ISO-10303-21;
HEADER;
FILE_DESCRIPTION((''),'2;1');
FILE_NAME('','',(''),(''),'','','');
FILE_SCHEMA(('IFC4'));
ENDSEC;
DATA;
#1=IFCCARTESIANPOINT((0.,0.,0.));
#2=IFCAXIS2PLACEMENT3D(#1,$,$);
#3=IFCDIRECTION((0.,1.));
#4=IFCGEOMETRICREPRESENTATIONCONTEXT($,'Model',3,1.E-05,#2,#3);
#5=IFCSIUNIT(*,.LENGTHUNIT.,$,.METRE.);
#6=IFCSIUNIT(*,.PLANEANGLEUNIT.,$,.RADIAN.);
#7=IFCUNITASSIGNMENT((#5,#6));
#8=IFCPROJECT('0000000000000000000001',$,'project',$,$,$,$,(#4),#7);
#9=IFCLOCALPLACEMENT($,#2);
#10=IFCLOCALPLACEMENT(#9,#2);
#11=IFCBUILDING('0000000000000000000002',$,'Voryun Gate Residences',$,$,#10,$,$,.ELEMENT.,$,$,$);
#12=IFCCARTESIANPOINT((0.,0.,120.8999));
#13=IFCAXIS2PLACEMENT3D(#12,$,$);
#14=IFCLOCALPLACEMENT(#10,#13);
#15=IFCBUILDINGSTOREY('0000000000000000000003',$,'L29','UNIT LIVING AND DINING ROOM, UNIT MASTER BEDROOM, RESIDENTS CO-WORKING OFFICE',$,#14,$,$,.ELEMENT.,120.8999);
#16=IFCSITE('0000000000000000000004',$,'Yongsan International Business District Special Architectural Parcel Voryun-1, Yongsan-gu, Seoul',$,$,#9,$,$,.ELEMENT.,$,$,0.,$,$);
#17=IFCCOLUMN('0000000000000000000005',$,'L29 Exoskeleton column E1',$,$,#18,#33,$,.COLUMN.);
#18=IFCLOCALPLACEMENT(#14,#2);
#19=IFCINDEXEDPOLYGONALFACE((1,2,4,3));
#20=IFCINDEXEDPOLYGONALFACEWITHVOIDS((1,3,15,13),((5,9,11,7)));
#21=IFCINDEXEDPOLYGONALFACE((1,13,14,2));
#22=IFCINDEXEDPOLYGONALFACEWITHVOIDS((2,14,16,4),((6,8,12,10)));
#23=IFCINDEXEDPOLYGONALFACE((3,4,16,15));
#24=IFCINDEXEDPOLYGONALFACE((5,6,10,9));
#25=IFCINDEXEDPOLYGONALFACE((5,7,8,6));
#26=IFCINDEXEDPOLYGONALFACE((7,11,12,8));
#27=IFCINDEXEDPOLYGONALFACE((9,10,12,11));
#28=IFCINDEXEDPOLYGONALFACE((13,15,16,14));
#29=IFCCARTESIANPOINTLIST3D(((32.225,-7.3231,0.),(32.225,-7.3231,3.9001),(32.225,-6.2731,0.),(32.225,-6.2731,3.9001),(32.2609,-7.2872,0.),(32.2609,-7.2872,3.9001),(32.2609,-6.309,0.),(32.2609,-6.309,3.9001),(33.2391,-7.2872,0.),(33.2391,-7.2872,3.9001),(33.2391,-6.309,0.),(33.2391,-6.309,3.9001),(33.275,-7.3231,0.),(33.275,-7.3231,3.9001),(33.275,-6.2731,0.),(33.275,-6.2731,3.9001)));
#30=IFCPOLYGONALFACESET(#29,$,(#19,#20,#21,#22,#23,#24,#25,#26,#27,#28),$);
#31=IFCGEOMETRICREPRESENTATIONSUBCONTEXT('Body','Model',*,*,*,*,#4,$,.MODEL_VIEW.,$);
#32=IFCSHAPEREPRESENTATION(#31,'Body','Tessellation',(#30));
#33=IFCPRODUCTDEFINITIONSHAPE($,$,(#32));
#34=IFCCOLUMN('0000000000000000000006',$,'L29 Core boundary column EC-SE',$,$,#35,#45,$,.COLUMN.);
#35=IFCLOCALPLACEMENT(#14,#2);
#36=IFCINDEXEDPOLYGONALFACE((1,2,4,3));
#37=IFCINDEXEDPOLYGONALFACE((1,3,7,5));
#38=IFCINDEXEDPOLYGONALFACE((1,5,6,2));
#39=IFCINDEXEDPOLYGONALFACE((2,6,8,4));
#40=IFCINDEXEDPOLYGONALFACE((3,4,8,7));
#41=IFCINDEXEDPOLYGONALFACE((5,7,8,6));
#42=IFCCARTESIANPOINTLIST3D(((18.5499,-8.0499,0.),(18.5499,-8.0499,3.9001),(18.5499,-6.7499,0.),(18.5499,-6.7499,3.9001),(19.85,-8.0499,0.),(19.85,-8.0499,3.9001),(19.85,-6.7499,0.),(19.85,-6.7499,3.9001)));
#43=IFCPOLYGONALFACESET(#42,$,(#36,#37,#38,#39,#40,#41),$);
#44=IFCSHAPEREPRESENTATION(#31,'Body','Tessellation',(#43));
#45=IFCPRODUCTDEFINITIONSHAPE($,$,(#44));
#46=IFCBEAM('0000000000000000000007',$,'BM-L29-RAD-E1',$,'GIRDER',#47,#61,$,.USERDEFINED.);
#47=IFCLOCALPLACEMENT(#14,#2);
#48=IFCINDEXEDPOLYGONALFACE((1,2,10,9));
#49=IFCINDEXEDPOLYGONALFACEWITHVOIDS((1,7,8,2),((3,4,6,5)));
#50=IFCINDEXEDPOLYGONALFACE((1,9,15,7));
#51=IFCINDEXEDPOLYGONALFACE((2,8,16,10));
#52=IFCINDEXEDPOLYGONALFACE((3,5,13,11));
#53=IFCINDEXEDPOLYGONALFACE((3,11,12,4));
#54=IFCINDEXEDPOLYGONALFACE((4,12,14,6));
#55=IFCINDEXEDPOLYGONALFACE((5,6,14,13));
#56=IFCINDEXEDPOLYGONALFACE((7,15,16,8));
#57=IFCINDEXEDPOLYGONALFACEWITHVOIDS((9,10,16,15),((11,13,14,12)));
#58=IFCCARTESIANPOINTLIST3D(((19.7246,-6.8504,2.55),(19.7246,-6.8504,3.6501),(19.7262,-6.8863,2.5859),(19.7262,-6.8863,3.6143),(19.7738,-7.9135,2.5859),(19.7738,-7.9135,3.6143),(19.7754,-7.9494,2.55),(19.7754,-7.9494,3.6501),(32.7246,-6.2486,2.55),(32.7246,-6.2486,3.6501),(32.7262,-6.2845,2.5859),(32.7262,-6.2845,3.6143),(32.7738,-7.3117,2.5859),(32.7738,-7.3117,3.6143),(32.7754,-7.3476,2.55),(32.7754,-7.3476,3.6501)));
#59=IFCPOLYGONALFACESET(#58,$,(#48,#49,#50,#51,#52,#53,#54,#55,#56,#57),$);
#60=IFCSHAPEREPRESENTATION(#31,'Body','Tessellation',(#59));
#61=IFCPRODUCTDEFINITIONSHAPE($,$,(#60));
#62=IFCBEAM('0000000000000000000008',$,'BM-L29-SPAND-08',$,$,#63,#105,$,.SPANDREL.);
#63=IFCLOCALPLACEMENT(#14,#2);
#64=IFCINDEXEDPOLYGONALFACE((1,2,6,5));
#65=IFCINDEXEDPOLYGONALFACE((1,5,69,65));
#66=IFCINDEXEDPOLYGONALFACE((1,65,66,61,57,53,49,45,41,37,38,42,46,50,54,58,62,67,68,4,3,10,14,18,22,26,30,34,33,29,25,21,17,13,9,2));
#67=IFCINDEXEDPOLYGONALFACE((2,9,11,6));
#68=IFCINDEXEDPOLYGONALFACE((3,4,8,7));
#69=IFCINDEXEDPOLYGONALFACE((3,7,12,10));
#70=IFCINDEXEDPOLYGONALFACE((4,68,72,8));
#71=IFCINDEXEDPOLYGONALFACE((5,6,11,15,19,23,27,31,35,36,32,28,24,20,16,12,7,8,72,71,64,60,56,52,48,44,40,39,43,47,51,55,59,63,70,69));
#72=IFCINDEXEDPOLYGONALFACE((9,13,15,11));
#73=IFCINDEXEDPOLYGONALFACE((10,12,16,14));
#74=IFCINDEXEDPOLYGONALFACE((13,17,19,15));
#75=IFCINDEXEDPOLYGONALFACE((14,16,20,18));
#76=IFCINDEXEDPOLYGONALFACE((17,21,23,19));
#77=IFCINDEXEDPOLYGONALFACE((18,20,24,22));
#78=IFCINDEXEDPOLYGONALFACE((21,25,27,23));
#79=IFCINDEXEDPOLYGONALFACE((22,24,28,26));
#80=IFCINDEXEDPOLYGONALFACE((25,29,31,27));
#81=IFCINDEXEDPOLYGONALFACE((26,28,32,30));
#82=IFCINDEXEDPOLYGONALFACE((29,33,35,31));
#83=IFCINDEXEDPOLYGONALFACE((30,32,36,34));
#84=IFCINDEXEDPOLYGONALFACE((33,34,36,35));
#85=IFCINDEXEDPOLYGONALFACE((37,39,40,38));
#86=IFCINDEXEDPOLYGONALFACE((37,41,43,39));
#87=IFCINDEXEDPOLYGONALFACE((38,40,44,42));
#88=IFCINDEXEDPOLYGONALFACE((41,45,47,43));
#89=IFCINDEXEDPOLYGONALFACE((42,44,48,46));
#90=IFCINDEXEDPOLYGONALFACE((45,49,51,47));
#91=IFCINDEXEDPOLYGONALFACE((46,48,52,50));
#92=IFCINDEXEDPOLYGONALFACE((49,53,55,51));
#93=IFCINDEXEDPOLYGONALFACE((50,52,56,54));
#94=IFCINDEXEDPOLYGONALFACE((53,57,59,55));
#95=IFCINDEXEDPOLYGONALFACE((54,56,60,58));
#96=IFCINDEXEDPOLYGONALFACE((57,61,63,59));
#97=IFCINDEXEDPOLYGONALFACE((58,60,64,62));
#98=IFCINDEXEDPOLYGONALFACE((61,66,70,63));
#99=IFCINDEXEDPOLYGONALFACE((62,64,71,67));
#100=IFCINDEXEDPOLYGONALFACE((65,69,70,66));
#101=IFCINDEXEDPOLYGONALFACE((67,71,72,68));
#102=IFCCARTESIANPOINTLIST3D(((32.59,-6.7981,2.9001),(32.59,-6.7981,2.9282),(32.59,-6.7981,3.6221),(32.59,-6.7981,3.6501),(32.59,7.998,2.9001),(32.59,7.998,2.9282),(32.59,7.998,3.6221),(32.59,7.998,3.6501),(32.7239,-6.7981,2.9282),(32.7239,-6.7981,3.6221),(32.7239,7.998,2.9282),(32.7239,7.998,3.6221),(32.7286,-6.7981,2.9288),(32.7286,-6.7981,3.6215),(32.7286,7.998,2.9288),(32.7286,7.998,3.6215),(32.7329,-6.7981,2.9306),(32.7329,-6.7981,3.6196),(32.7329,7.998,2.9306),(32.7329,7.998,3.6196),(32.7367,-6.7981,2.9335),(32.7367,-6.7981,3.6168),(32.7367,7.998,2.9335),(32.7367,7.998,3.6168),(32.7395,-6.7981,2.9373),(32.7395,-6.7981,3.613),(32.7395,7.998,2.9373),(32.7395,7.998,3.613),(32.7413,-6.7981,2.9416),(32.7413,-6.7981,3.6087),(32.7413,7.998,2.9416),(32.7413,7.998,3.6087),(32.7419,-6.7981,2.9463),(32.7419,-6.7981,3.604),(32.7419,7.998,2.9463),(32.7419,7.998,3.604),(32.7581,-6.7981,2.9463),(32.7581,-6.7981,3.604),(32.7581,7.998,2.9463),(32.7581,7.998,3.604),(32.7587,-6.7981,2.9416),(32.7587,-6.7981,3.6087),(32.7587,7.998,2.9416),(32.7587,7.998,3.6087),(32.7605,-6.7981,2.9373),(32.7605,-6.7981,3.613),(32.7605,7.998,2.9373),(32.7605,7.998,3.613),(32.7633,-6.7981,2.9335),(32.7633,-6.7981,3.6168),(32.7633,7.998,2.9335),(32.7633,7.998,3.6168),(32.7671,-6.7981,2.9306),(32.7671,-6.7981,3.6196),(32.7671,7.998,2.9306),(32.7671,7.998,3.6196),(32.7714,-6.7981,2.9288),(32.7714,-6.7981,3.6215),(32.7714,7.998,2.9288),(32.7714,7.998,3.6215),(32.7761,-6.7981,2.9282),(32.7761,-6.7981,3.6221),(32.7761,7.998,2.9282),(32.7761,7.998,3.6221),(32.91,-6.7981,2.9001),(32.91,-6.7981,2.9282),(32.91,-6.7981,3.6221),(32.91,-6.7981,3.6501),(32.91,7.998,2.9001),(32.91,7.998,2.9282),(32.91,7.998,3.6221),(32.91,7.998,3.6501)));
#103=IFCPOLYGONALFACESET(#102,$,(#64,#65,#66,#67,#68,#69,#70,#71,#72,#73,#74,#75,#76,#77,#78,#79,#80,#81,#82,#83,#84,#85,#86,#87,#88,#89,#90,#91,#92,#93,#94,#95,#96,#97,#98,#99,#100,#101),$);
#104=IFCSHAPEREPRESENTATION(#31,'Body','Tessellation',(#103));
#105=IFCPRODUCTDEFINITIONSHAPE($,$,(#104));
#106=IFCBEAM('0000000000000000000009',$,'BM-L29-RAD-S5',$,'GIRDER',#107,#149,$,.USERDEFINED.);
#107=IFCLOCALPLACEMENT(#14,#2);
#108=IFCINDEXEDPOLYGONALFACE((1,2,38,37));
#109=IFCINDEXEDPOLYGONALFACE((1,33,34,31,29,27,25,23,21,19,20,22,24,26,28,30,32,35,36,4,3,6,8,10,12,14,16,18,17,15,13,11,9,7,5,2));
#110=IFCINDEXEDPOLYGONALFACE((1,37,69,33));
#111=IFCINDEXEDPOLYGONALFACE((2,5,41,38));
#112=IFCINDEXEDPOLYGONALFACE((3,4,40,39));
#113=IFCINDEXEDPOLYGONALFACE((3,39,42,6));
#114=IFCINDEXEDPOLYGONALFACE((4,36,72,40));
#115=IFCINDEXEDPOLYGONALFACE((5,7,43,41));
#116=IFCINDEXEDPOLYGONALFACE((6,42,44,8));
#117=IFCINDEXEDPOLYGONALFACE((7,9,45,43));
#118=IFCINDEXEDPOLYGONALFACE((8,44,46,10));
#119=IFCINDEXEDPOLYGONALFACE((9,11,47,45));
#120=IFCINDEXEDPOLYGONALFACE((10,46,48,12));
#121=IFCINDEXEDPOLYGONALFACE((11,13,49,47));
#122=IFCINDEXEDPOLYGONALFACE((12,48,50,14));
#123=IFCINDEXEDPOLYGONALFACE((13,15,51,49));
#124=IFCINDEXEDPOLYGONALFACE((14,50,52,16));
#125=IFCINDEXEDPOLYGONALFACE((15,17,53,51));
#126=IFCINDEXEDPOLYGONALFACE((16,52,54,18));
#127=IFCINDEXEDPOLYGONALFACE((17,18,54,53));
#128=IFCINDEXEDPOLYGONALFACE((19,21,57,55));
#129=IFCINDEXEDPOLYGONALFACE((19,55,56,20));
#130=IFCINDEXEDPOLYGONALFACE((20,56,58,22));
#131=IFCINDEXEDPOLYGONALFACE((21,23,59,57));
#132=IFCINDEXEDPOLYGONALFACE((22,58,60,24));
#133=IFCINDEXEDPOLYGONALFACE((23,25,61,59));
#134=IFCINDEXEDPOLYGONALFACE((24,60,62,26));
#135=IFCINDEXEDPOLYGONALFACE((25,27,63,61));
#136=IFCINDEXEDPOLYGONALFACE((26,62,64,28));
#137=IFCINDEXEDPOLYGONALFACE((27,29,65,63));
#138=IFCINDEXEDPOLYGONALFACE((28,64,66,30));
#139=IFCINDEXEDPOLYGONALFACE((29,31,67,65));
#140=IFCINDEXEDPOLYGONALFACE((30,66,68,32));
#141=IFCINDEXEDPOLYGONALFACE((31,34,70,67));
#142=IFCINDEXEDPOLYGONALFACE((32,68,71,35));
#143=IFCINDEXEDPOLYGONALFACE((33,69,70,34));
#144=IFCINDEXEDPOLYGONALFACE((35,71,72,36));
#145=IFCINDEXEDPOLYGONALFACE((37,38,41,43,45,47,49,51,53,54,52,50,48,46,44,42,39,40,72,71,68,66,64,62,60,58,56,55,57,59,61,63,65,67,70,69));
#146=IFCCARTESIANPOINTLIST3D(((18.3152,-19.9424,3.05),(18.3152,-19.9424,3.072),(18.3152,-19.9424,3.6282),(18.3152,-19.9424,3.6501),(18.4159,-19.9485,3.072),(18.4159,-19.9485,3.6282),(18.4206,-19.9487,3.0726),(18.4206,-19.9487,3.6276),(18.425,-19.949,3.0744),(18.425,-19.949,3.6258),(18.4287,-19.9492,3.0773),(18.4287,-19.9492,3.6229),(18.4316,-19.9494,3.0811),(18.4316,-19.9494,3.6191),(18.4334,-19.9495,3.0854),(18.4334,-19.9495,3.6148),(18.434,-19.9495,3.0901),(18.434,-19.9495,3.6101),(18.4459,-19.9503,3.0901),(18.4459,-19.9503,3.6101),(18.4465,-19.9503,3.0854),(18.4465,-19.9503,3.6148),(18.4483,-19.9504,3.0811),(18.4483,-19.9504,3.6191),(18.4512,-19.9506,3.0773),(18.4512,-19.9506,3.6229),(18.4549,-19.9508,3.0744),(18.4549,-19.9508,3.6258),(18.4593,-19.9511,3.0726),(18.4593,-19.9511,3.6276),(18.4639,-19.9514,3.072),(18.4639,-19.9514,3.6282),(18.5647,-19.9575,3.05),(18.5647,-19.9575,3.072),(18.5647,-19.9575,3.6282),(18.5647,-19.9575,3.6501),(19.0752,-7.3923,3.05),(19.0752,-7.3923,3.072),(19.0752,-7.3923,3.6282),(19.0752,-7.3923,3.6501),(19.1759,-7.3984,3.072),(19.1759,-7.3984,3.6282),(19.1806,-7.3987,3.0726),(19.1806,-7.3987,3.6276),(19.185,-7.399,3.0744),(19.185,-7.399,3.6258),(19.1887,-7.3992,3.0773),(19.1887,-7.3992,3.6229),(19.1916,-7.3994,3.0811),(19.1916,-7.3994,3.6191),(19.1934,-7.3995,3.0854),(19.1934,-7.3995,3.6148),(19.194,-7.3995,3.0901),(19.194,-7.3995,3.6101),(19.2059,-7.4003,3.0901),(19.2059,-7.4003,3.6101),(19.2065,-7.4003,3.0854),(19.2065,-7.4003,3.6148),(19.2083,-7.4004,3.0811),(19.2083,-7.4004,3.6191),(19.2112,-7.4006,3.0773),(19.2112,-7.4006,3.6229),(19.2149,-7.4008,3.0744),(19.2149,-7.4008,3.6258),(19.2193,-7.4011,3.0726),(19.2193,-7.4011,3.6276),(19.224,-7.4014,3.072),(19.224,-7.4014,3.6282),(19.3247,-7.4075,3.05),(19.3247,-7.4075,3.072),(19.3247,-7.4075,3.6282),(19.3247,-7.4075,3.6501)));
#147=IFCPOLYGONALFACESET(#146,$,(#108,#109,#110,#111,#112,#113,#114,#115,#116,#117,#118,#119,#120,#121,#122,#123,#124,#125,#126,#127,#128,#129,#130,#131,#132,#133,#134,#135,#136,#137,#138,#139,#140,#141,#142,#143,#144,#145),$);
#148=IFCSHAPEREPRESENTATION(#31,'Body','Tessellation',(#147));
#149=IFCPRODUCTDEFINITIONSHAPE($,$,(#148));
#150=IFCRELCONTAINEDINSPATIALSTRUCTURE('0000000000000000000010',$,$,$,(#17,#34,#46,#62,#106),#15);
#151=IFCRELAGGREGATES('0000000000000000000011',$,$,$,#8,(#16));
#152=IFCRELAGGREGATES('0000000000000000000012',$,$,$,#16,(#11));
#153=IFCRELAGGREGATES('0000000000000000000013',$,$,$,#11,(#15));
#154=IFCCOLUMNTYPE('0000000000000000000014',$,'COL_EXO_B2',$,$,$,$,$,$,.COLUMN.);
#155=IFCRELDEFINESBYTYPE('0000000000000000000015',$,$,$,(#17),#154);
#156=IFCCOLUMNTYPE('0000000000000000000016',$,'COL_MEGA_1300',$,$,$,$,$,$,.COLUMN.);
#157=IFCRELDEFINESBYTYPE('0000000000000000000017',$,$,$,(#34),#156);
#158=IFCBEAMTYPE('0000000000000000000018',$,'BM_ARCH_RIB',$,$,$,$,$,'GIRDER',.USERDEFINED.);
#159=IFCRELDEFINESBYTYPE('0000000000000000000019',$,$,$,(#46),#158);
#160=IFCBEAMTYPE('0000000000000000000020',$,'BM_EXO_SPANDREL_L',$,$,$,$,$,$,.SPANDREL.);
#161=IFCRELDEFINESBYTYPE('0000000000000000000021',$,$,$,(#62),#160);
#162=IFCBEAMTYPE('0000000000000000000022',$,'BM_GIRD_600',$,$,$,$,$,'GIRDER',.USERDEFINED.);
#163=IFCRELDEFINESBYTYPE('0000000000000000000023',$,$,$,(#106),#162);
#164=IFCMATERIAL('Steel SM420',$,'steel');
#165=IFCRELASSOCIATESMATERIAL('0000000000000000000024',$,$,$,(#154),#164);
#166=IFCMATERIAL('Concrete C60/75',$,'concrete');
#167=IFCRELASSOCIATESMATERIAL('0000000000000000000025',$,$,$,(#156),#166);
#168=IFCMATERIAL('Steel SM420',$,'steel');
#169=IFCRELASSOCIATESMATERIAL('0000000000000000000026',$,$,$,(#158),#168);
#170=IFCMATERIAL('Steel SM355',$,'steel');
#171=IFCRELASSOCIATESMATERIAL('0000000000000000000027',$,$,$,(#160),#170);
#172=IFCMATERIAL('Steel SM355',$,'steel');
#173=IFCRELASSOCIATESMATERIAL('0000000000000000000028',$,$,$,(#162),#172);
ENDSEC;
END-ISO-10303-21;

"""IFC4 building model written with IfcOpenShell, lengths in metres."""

from ifc_helpers import new_model, si_unit, direction, frame, origin, origin_2d, place, context, subcontext, project, spatial, rectangle, hollow_rectangle, i_section, extrude, material, material_profile, profile_set, type_object, element, save


model = new_model("IFC4")

# Units and contexts
model_context = context("Model", 3, precision=1e-05, world=origin(), true_north=direction((0.0, 1.0)))
body_context = subcontext(model_context, "Body", "Model", "MODEL_VIEW")
ifc_project = project(units=[si_unit("LENGTHUNIT", "METRE"), si_unit("PLANEANGLEUNIT", "RADIAN")], contexts=[model_context])

# Site, building, storey
site_placement = place(None, origin())
site = spatial("IfcSite", under=ifc_project, at=site_placement, Name="Yongsan International Business District Special Architectural Parcel Voryun-1, Yongsan-gu, Seoul", CompositionType="ELEMENT", RefElevation=0.0)
building_placement = place(site_placement, origin())
building = spatial("IfcBuilding", under=site, at=building_placement, Name="Voryun Gate Residences", CompositionType="ELEMENT")
storey_placement = place(building_placement, frame((0.0, 0.0, 120.8999)))
storey = spatial("IfcBuildingStorey", under=building, at=storey_placement, Name="L29", Description="UNIT LIVING AND DINING ROOM, UNIT MASTER BEDROOM, RESIDENTS CO-WORKING OFFICE", CompositionType="ELEMENT", Elevation=120.8999)

# Columns
ifc_material_1 = material(Name="Steel SM420", Category="steel")
ifc_material_profile_1 = material_profile(ifc_material_1, hollow_rectangle(XDim=1.05, YDim=1.05, WallThickness=0.0359, at=origin_2d()), Name="BOX-1050x1050x36")
ifc_profile_set_1 = profile_set([ifc_material_profile_1], Name="Steel SM420")
column_type_1 = type_object("IfcColumnType", Name="COL_EXO_B2", PredefinedType="COLUMN", material=ifc_profile_set_1)
column_1_placement = place(storey_placement, frame((32.75, -6.7981, 0.0), z_axis=(0.0, 0.0, 1.0), x_axis=(1.0, 0.0, 0.0)))
element("IfcColumn", 1, at=column_1_placement, inside=storey, type_object=column_type_1, Name="L29 Exoskeleton column E1", PredefinedType="COLUMN", context=body_context, shape_type="SweptSolid", body=[
    extrude(hollow_rectangle(XDim=1.05, YDim=1.05, WallThickness=0.0359, at=origin_2d()), origin(), (0.0, 0.0, 1.0), 3.9001),
])
ifc_material_2 = material(Name="Concrete C60/75", Category="concrete")
ifc_material_profile_2 = material_profile(ifc_material_2, rectangle(XDim=1.3, YDim=1.3, at=origin_2d()), Name="RC-1300x1300")
ifc_profile_set_2 = profile_set([ifc_material_profile_2], Name="Concrete C60/75")
column_type_2 = type_object("IfcColumnType", Name="COL_MEGA_1300", PredefinedType="COLUMN", material=ifc_profile_set_2)
column_2_placement = place(storey_placement, frame((19.2, -7.3999, 0.0), z_axis=(0.0, 0.0, 1.0), x_axis=(1.0, 0.0, 0.0)))
element("IfcColumn", 2, at=column_2_placement, inside=storey, type_object=column_type_2, Name="L29 Core boundary column EC-SE", PredefinedType="COLUMN", context=body_context, shape_type="SweptSolid", body=[
    extrude(rectangle(XDim=1.3, YDim=1.3, at=origin_2d()), origin(), (0.0, 0.0, 1.0), 3.9001),
])

# Beams
ifc_material_3 = material(Name="Steel SM420", Category="steel")
ifc_material_profile_3 = material_profile(ifc_material_3, hollow_rectangle(XDim=1.1001, YDim=1.1001, WallThickness=0.0359, at=origin_2d()), Name="BOX-1100x1100x36")
ifc_profile_set_3 = profile_set([ifc_material_profile_3], Name="Steel SM420")
beam_type_1 = type_object("IfcBeamType", Name="BM_ARCH_RIB", ElementType="GIRDER", PredefinedType="USERDEFINED", material=ifc_profile_set_3)
beam_1_placement = place(storey_placement, frame((19.75, -7.3999, 3.1001), z_axis=(0.99893, 0.046243, 0.0), x_axis=(-0.046243, 0.99893, 0.0)))
element("IfcBeam", 3, at=beam_1_placement, inside=storey, type_object=beam_type_1, Name="BM-L29-RAD-E1", ObjectType="GIRDER", PredefinedType="USERDEFINED", context=body_context, shape_type="SweptSolid", body=[
    extrude(hollow_rectangle(XDim=1.1001, YDim=1.1001, WallThickness=0.0359, at=origin_2d()), origin(), (0.0, 0.0, 1.0), 13.0139),
])
ifc_material_4 = material(Name="Steel SM355", Category="steel")
ifc_material_profile_4 = material_profile(ifc_material_4, i_section(OverallWidth=0.3201, OverallDepth=0.75, WebThickness=0.0161, FlangeThickness=0.0281, FilletRadius=0.0181, at=origin_2d()), Name="H-750x320x16x28")
ifc_profile_set_4 = profile_set([ifc_material_profile_4], Name="Steel SM355")
beam_type_2 = type_object("IfcBeamType", Name="BM_EXO_SPANDREL_L", PredefinedType="SPANDREL", material=ifc_profile_set_4)
beam_2_placement = place(storey_placement, frame((32.75, -6.7981, 3.2751), z_axis=(0.0, 1.0, 0.0), x_axis=(-1.0, 0.0, 0.0)))
element("IfcBeam", 4, at=beam_2_placement, inside=storey, type_object=beam_type_2, Name="BM-L29-SPAND-08", PredefinedType="SPANDREL", context=body_context, shape_type="SweptSolid", body=[
    extrude(i_section(OverallWidth=0.3201, OverallDepth=0.75, WebThickness=0.0161, FlangeThickness=0.0281, FilletRadius=0.0181, at=origin_2d()), origin(), (0.0, 0.0, 1.0), 14.7961),
])
ifc_material_5 = material(Name="Steel SM355", Category="steel")
ifc_material_profile_5 = material_profile(ifc_material_5, i_section(OverallWidth=0.25, OverallDepth=0.6001, WebThickness=0.012, FlangeThickness=0.022, FilletRadius=0.0181, at=origin_2d()), Name="H-600x250x12x22")
ifc_profile_set_5 = profile_set([ifc_material_profile_5], Name="Steel SM355")
beam_type_3 = type_object("IfcBeamType", Name="BM_GIRD_600", ElementType="GIRDER", PredefinedType="USERDEFINED", material=ifc_profile_set_5)
beam_3_placement = place(storey_placement, frame((19.2, -7.3999, 3.3501), z_axis=(-0.060448, -0.998171, 0.0), x_axis=(0.998171, -0.060448, 0.0)))
element("IfcBeam", 5, at=beam_3_placement, inside=storey, type_object=beam_type_3, Name="BM-L29-RAD-S5", ObjectType="GIRDER", PredefinedType="USERDEFINED", context=body_context, shape_type="SweptSolid", body=[
    extrude(i_section(OverallWidth=0.25, OverallDepth=0.6001, WebThickness=0.012, FlangeThickness=0.022, FilletRadius=0.0181, at=origin_2d()), origin(), (0.0, 0.0, 1.0), 12.573),
])

save(model, "model.ifc")
